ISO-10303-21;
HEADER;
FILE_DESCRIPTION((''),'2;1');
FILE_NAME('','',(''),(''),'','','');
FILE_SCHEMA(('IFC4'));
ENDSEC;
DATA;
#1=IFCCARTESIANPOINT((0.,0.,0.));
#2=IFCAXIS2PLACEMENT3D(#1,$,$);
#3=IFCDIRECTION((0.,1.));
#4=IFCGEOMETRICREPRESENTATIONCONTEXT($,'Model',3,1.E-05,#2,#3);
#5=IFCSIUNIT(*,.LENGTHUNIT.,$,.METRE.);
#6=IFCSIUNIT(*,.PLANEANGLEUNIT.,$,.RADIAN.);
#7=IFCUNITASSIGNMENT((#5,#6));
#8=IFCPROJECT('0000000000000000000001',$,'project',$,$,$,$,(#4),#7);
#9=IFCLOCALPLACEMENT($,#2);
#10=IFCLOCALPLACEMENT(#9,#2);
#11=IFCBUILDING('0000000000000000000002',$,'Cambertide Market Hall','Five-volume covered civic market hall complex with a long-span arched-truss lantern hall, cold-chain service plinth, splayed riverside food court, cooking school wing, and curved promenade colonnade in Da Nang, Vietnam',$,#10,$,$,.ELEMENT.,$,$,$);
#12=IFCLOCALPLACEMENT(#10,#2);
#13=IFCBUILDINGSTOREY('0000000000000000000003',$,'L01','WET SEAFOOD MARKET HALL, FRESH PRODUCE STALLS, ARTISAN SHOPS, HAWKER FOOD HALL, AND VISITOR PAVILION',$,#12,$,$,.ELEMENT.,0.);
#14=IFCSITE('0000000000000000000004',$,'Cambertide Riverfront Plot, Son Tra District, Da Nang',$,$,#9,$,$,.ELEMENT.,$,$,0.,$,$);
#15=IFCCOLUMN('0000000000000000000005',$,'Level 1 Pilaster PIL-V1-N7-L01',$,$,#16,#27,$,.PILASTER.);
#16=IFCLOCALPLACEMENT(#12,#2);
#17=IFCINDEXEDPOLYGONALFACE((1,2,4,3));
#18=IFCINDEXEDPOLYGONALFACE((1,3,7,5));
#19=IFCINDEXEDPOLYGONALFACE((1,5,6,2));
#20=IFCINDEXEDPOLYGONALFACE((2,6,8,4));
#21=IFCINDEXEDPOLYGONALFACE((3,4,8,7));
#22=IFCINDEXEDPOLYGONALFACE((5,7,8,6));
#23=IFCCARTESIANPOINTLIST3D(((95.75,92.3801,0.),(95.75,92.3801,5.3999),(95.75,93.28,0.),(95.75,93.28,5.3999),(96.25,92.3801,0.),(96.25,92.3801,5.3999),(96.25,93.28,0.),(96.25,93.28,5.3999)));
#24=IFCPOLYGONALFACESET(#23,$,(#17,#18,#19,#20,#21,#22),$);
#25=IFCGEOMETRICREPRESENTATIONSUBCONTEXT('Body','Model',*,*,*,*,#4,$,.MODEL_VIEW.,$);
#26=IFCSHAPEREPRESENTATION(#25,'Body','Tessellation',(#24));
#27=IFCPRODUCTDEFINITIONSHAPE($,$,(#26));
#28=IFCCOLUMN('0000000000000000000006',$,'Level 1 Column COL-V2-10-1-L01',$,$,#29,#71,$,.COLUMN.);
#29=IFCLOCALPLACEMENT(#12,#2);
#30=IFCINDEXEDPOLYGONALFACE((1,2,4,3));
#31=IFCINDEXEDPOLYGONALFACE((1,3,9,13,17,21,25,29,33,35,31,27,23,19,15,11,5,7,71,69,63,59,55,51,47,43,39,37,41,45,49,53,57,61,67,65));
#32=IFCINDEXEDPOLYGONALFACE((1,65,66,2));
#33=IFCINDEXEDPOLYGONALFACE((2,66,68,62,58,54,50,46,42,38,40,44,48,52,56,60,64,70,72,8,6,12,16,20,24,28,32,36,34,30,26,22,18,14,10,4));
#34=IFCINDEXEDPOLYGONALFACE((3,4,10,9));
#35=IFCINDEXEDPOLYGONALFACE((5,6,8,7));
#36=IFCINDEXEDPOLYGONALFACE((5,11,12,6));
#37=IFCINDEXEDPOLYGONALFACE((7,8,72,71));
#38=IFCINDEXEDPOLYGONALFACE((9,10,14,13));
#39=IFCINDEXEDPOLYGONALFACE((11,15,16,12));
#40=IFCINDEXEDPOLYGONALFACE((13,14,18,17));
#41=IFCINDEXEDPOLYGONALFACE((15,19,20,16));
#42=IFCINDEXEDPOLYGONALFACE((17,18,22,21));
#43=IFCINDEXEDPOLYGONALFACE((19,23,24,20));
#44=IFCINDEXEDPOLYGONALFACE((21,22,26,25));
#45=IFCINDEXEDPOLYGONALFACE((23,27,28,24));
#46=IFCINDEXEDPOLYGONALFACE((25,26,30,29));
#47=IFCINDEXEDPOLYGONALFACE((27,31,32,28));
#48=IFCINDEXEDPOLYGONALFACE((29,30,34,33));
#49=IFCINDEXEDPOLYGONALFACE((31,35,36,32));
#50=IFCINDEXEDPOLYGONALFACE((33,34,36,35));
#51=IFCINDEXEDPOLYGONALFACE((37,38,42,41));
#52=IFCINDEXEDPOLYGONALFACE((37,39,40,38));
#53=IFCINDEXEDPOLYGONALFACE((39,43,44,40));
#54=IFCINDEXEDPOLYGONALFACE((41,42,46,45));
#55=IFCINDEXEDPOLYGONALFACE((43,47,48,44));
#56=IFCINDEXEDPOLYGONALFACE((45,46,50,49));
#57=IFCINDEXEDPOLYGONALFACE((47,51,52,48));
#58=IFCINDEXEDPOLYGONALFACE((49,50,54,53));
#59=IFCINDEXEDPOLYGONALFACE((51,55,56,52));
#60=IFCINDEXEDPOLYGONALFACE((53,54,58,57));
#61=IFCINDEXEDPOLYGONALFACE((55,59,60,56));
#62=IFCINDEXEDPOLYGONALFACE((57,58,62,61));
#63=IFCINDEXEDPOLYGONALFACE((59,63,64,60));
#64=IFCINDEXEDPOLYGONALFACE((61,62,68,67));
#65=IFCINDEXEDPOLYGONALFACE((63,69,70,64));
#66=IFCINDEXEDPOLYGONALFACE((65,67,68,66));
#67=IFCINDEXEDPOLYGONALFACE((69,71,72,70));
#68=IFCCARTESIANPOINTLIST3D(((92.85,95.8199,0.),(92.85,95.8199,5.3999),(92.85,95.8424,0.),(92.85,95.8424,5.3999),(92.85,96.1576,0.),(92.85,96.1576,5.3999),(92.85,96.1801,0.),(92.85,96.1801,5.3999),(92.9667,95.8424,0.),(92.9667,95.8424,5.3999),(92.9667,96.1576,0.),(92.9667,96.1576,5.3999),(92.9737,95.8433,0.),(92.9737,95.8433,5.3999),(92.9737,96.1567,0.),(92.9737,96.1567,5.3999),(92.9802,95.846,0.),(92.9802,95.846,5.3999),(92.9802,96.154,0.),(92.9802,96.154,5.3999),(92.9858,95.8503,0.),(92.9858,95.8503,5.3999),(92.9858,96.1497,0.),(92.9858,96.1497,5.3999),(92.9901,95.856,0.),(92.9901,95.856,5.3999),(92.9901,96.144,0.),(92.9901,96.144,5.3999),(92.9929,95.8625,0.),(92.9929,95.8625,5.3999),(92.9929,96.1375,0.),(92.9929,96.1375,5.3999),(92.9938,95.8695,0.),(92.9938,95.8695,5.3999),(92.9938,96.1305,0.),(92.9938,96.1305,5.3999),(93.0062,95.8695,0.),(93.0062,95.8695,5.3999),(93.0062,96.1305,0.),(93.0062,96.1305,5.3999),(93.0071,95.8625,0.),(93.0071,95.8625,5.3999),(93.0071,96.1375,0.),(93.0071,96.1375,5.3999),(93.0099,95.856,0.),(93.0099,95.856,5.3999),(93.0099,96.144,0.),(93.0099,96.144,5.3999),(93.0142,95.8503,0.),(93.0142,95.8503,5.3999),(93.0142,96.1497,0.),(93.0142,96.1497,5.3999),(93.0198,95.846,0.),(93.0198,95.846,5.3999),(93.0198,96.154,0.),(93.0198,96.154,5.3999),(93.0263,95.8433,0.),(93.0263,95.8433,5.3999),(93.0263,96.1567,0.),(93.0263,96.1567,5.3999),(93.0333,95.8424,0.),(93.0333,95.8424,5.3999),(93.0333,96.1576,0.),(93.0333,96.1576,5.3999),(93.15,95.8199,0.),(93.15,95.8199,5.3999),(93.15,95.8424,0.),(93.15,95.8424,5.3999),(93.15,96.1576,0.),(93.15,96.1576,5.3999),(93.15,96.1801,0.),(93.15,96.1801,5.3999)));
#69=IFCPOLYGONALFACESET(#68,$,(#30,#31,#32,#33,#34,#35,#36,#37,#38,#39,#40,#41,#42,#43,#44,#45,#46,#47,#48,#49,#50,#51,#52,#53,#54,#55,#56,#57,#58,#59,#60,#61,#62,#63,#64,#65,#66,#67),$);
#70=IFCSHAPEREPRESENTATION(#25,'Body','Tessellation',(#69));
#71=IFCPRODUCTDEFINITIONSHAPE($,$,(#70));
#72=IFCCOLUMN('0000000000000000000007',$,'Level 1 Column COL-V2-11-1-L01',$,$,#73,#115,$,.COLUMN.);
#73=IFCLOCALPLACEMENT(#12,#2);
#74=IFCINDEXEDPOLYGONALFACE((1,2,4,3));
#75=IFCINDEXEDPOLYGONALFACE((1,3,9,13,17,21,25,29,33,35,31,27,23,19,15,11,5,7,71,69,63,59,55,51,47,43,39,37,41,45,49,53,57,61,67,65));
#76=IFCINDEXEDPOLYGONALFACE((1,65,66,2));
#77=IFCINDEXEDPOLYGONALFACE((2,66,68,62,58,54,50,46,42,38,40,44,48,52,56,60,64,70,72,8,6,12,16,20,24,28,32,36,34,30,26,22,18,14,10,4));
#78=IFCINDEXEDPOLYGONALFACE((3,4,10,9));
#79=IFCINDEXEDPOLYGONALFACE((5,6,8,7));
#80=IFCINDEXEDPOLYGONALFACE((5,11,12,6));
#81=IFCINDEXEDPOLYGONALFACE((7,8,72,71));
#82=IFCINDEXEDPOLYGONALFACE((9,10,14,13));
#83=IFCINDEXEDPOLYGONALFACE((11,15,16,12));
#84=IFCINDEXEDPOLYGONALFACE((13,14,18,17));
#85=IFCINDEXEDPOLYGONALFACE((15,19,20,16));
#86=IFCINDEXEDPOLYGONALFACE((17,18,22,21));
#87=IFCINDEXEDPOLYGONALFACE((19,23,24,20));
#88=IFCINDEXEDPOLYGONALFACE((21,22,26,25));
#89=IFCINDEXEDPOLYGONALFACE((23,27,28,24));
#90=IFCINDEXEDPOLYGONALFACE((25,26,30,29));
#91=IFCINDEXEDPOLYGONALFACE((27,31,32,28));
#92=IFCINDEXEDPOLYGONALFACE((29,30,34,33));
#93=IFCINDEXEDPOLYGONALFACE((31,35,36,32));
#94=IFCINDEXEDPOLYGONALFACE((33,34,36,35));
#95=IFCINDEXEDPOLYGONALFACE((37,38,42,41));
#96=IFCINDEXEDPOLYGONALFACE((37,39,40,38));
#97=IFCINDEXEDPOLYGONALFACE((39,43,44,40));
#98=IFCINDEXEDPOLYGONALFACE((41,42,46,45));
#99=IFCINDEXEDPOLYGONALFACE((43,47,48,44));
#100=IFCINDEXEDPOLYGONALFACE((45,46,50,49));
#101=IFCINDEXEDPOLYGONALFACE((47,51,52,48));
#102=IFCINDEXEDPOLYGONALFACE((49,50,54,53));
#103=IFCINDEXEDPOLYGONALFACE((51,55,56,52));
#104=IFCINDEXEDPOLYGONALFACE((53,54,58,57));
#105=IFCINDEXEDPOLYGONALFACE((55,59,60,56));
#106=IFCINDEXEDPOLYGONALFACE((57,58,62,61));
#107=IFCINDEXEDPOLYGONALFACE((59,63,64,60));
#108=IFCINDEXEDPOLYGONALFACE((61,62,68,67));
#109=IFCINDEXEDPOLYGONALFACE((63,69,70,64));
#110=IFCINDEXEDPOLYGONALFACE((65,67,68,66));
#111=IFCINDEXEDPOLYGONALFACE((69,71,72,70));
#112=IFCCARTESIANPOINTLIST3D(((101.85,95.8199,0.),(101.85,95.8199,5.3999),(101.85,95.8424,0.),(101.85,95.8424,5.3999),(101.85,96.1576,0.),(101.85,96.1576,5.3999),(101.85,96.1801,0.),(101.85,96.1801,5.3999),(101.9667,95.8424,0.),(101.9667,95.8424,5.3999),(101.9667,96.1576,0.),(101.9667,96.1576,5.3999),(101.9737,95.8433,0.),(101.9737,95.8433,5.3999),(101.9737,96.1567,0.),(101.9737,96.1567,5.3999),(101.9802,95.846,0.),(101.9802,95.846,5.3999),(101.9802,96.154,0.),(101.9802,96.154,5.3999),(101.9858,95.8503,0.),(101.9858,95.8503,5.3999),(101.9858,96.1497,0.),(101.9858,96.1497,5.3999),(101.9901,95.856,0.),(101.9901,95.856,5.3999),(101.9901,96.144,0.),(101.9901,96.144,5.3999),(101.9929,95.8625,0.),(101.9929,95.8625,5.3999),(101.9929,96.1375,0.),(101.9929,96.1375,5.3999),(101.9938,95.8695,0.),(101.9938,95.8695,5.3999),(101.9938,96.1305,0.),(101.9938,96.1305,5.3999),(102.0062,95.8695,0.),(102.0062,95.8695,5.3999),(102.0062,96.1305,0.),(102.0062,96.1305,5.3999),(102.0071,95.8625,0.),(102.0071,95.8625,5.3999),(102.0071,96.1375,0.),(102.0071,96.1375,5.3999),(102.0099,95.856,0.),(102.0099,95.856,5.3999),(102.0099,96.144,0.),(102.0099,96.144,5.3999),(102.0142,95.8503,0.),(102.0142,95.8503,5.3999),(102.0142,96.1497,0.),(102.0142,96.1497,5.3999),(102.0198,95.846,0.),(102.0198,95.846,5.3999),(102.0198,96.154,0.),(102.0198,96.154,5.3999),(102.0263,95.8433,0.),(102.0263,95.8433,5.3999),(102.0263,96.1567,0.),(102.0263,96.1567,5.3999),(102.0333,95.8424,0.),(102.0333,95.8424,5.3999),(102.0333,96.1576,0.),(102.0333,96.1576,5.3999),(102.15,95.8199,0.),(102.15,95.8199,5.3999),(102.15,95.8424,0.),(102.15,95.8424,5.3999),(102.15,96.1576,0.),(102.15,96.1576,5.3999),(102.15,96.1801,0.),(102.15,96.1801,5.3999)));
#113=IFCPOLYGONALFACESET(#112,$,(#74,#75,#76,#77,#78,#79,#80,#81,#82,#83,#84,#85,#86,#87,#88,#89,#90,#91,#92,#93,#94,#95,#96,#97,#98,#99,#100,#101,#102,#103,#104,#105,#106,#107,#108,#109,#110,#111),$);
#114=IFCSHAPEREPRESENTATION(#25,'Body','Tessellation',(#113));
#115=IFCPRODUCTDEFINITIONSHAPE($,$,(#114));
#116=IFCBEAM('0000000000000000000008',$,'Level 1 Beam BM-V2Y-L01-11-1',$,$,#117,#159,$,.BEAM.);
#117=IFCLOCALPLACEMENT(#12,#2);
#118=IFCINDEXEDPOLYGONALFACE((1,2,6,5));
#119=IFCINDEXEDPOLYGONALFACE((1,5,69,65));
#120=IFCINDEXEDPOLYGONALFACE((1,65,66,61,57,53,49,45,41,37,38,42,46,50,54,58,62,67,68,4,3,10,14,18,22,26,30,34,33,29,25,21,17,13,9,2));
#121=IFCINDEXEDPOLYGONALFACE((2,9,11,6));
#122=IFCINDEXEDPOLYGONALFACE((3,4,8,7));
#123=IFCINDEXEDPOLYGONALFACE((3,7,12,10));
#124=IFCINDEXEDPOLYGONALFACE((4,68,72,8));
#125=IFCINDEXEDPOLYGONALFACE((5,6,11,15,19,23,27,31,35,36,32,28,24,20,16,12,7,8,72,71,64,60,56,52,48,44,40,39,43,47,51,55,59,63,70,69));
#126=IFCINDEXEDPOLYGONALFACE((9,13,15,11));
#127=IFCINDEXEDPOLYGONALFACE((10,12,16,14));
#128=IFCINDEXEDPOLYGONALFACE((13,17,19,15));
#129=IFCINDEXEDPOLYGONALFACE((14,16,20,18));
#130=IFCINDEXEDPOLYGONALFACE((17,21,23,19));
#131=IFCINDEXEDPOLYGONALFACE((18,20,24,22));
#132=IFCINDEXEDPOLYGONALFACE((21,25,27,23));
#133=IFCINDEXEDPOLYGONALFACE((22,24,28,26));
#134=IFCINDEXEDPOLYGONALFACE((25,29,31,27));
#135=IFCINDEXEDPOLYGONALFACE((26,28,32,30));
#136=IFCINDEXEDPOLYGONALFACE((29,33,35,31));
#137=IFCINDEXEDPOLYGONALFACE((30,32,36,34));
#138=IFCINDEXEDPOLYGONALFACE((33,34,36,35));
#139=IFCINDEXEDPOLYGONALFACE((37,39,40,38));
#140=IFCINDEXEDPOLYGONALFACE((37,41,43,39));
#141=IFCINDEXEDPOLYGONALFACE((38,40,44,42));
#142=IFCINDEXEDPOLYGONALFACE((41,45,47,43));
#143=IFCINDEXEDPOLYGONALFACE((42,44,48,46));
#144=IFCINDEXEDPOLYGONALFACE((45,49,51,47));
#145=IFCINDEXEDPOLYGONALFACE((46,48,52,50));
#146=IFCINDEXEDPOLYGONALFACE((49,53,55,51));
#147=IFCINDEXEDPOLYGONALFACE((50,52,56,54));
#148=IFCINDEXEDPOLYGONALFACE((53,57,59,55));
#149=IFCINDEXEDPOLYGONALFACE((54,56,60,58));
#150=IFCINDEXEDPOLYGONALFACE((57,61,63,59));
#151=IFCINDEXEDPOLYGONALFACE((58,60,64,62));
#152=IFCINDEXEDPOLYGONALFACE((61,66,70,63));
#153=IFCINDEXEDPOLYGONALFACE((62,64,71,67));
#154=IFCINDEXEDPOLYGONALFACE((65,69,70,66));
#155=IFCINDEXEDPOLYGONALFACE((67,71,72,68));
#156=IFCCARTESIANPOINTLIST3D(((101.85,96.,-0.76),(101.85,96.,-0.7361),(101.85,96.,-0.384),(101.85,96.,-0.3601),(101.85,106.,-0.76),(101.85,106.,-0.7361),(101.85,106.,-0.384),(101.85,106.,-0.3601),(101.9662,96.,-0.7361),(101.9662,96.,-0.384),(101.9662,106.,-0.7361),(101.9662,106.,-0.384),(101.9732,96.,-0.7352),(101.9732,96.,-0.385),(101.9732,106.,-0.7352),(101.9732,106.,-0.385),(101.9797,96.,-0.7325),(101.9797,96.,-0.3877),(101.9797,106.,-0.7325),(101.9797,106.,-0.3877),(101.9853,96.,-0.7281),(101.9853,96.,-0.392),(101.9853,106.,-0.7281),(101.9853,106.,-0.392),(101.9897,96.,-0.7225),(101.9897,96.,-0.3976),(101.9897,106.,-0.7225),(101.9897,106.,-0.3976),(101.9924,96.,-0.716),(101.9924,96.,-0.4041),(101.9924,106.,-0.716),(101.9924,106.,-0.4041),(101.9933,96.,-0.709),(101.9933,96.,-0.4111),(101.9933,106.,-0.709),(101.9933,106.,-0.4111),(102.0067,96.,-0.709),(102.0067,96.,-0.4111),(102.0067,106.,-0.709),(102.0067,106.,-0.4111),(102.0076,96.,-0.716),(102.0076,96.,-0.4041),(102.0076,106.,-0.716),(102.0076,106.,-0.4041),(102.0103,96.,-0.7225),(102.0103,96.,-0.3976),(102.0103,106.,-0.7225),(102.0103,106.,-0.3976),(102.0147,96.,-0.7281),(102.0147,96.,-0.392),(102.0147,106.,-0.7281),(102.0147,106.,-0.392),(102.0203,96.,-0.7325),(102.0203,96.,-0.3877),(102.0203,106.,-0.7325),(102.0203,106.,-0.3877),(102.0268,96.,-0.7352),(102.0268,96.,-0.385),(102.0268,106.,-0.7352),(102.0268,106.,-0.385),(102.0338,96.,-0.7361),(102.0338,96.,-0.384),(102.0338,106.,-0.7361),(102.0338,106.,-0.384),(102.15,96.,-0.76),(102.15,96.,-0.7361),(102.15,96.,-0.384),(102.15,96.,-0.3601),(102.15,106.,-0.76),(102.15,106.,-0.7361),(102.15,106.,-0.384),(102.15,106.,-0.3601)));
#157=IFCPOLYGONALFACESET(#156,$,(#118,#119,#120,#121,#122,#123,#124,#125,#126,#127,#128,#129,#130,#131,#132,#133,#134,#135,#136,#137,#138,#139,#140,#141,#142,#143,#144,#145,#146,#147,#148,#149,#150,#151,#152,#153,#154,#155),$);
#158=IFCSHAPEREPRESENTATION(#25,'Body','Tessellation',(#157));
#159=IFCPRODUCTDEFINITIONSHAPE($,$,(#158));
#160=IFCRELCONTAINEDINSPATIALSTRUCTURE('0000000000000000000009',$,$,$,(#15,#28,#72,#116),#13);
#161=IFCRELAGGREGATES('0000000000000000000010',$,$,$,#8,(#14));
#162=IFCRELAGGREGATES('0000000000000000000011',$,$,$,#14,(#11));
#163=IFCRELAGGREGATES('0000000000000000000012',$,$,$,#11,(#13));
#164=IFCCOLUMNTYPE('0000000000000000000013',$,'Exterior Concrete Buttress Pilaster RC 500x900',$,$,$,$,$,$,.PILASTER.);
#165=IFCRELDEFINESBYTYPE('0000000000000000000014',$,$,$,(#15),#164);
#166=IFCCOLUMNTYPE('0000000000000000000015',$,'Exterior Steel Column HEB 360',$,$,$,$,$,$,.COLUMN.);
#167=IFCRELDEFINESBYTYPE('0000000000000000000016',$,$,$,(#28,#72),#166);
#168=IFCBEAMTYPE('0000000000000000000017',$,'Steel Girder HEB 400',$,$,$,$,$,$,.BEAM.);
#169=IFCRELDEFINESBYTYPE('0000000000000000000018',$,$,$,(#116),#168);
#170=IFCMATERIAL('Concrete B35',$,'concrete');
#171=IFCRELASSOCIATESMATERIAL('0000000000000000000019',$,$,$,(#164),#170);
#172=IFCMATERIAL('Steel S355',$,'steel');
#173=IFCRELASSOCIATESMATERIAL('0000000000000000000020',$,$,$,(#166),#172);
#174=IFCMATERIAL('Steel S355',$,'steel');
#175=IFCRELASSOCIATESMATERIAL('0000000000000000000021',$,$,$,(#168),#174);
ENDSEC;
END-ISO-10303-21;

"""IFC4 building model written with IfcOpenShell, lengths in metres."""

from ifc_helpers import new_model, si_unit, direction, frame, origin, origin_2d, place, context, subcontext, project, spatial, rectangle, i_section, extrude, material, material_profile, profile_set, type_object, element, save


model = new_model("IFC4")

# Units and contexts
model_context = context("Model", 3, precision=1e-05, world=origin(), true_north=direction((0.0, 1.0)))
body_context = subcontext(model_context, "Body", "Model", "MODEL_VIEW")
ifc_project = project(units=[si_unit("LENGTHUNIT", "METRE"), si_unit("PLANEANGLEUNIT", "RADIAN")], contexts=[model_context])

# Site, building, storey
site_placement = place(None, origin())
site = spatial("IfcSite", under=ifc_project, at=site_placement, Name="Cambertide Riverfront Plot, Son Tra District, Da Nang", CompositionType="ELEMENT", RefElevation=0.0)
building_placement = place(site_placement, origin())
building = spatial("IfcBuilding", under=site, at=building_placement, Name="Cambertide Market Hall", Description="Five-volume covered civic market hall complex with a long-span arched-truss lantern hall, cold-chain service plinth, splayed riverside food court, cooking school wing, and curved promenade colonnade in Da Nang, Vietnam", CompositionType="ELEMENT")
storey_placement = place(building_placement, origin())
storey = spatial("IfcBuildingStorey", under=building, at=storey_placement, Name="L01", Description="WET SEAFOOD MARKET HALL, FRESH PRODUCE STALLS, ARTISAN SHOPS, HAWKER FOOD HALL, AND VISITOR PAVILION", CompositionType="ELEMENT", Elevation=0.0)

# Columns
ifc_material_1 = material(Name="Concrete B35", Category="concrete")
ifc_material_profile_1 = material_profile(ifc_material_1, rectangle(XDim=0.5, YDim=0.8999, at=origin_2d()), Name="RC 500x900")
ifc_profile_set_1 = profile_set([ifc_material_profile_1], Name="Concrete B35")
column_type_1 = type_object("IfcColumnType", Name="Exterior Concrete Buttress Pilaster RC 500x900", PredefinedType="PILASTER", material=ifc_profile_set_1)
column_placement = place(storey_placement, frame((96.0, 92.8301, 0.0), z_axis=(0.0, 0.0, 1.0), x_axis=(1.0, 0.0, 0.0)))
element("IfcColumn", 1, at=column_placement, inside=storey, type_object=column_type_1, Name="Level 1 Pilaster PIL-V1-N7-L01", PredefinedType="PILASTER", context=body_context, shape_type="SweptSolid", body=[
    extrude(rectangle(XDim=0.5, YDim=0.8999, at=origin_2d()), origin(), (0.0, 0.0, 1.0), 5.3999),
])
ifc_material_2 = material(Name="Steel S355", Category="steel")
ifc_material_profile_2 = material_profile(ifc_material_2, i_section(OverallWidth=0.3, OverallDepth=0.3601, WebThickness=0.0125, FlangeThickness=0.0225, FilletRadius=0.0271, at=origin_2d()), Name="HEB 360")
ifc_profile_set_2 = profile_set([ifc_material_profile_2], Name="Steel S355")
column_type_2 = type_object("IfcColumnType", Name="Exterior Steel Column HEB 360", PredefinedType="COLUMN", material=ifc_profile_set_2)
for number, where, z_axis, x_axis, name in (
    (2, (93.0, 96.0, 0.0), (0.0, 0.0, 1.0), (1.0, 0.0, 0.0), "Level 1 Column COL-V2-10-1-L01"),
    (3, (102.0, 96.0, 0.0), (0.0, 0.0, 1.0), (1.0, 0.0, 0.0), "Level 1 Column COL-V2-11-1-L01"),
):
    element("IfcColumn", number, at=place(storey_placement, frame(where, z_axis=z_axis, x_axis=x_axis)), inside=storey, type_object=column_type_2, Name=name, PredefinedType="COLUMN", context=body_context, shape_type="SweptSolid", body=[
        extrude(i_section(OverallWidth=0.3, OverallDepth=0.3601, WebThickness=0.0125, FlangeThickness=0.0225, FilletRadius=0.0271, at=origin_2d()), origin(), (0.0, 0.0, 1.0), 5.3999),
    ])

# Beam
ifc_material_3 = material(Name="Steel S355", Category="steel")
ifc_material_profile_3 = material_profile(ifc_material_3, i_section(OverallWidth=0.3, OverallDepth=0.3999, WebThickness=0.0134, FlangeThickness=0.0239, FilletRadius=0.0271, at=origin_2d()), Name="HEB 400")
ifc_profile_set_3 = profile_set([ifc_material_profile_3], Name="Steel S355")
beam_type_1 = type_object("IfcBeamType", Name="Steel Girder HEB 400", PredefinedType="BEAM", material=ifc_profile_set_3)
beam_1_placement = place(storey_placement, frame((102.0, 96.0, -0.5601), z_axis=(0.0, 1.0, 0.0), x_axis=(-1.0, 0.0, 0.0)))
element("IfcBeam", 4, at=beam_1_placement, inside=storey, type_object=beam_type_1, Name="Level 1 Beam BM-V2Y-L01-11-1", PredefinedType="BEAM", context=body_context, shape_type="SweptSolid", body=[
    extrude(i_section(OverallWidth=0.3, OverallDepth=0.3999, WebThickness=0.0134, FlangeThickness=0.0239, FilletRadius=0.0271, at=origin_2d()), origin(), (0.0, 0.0, 1.0), 10.0),
])

save(model, "model.ifc")
